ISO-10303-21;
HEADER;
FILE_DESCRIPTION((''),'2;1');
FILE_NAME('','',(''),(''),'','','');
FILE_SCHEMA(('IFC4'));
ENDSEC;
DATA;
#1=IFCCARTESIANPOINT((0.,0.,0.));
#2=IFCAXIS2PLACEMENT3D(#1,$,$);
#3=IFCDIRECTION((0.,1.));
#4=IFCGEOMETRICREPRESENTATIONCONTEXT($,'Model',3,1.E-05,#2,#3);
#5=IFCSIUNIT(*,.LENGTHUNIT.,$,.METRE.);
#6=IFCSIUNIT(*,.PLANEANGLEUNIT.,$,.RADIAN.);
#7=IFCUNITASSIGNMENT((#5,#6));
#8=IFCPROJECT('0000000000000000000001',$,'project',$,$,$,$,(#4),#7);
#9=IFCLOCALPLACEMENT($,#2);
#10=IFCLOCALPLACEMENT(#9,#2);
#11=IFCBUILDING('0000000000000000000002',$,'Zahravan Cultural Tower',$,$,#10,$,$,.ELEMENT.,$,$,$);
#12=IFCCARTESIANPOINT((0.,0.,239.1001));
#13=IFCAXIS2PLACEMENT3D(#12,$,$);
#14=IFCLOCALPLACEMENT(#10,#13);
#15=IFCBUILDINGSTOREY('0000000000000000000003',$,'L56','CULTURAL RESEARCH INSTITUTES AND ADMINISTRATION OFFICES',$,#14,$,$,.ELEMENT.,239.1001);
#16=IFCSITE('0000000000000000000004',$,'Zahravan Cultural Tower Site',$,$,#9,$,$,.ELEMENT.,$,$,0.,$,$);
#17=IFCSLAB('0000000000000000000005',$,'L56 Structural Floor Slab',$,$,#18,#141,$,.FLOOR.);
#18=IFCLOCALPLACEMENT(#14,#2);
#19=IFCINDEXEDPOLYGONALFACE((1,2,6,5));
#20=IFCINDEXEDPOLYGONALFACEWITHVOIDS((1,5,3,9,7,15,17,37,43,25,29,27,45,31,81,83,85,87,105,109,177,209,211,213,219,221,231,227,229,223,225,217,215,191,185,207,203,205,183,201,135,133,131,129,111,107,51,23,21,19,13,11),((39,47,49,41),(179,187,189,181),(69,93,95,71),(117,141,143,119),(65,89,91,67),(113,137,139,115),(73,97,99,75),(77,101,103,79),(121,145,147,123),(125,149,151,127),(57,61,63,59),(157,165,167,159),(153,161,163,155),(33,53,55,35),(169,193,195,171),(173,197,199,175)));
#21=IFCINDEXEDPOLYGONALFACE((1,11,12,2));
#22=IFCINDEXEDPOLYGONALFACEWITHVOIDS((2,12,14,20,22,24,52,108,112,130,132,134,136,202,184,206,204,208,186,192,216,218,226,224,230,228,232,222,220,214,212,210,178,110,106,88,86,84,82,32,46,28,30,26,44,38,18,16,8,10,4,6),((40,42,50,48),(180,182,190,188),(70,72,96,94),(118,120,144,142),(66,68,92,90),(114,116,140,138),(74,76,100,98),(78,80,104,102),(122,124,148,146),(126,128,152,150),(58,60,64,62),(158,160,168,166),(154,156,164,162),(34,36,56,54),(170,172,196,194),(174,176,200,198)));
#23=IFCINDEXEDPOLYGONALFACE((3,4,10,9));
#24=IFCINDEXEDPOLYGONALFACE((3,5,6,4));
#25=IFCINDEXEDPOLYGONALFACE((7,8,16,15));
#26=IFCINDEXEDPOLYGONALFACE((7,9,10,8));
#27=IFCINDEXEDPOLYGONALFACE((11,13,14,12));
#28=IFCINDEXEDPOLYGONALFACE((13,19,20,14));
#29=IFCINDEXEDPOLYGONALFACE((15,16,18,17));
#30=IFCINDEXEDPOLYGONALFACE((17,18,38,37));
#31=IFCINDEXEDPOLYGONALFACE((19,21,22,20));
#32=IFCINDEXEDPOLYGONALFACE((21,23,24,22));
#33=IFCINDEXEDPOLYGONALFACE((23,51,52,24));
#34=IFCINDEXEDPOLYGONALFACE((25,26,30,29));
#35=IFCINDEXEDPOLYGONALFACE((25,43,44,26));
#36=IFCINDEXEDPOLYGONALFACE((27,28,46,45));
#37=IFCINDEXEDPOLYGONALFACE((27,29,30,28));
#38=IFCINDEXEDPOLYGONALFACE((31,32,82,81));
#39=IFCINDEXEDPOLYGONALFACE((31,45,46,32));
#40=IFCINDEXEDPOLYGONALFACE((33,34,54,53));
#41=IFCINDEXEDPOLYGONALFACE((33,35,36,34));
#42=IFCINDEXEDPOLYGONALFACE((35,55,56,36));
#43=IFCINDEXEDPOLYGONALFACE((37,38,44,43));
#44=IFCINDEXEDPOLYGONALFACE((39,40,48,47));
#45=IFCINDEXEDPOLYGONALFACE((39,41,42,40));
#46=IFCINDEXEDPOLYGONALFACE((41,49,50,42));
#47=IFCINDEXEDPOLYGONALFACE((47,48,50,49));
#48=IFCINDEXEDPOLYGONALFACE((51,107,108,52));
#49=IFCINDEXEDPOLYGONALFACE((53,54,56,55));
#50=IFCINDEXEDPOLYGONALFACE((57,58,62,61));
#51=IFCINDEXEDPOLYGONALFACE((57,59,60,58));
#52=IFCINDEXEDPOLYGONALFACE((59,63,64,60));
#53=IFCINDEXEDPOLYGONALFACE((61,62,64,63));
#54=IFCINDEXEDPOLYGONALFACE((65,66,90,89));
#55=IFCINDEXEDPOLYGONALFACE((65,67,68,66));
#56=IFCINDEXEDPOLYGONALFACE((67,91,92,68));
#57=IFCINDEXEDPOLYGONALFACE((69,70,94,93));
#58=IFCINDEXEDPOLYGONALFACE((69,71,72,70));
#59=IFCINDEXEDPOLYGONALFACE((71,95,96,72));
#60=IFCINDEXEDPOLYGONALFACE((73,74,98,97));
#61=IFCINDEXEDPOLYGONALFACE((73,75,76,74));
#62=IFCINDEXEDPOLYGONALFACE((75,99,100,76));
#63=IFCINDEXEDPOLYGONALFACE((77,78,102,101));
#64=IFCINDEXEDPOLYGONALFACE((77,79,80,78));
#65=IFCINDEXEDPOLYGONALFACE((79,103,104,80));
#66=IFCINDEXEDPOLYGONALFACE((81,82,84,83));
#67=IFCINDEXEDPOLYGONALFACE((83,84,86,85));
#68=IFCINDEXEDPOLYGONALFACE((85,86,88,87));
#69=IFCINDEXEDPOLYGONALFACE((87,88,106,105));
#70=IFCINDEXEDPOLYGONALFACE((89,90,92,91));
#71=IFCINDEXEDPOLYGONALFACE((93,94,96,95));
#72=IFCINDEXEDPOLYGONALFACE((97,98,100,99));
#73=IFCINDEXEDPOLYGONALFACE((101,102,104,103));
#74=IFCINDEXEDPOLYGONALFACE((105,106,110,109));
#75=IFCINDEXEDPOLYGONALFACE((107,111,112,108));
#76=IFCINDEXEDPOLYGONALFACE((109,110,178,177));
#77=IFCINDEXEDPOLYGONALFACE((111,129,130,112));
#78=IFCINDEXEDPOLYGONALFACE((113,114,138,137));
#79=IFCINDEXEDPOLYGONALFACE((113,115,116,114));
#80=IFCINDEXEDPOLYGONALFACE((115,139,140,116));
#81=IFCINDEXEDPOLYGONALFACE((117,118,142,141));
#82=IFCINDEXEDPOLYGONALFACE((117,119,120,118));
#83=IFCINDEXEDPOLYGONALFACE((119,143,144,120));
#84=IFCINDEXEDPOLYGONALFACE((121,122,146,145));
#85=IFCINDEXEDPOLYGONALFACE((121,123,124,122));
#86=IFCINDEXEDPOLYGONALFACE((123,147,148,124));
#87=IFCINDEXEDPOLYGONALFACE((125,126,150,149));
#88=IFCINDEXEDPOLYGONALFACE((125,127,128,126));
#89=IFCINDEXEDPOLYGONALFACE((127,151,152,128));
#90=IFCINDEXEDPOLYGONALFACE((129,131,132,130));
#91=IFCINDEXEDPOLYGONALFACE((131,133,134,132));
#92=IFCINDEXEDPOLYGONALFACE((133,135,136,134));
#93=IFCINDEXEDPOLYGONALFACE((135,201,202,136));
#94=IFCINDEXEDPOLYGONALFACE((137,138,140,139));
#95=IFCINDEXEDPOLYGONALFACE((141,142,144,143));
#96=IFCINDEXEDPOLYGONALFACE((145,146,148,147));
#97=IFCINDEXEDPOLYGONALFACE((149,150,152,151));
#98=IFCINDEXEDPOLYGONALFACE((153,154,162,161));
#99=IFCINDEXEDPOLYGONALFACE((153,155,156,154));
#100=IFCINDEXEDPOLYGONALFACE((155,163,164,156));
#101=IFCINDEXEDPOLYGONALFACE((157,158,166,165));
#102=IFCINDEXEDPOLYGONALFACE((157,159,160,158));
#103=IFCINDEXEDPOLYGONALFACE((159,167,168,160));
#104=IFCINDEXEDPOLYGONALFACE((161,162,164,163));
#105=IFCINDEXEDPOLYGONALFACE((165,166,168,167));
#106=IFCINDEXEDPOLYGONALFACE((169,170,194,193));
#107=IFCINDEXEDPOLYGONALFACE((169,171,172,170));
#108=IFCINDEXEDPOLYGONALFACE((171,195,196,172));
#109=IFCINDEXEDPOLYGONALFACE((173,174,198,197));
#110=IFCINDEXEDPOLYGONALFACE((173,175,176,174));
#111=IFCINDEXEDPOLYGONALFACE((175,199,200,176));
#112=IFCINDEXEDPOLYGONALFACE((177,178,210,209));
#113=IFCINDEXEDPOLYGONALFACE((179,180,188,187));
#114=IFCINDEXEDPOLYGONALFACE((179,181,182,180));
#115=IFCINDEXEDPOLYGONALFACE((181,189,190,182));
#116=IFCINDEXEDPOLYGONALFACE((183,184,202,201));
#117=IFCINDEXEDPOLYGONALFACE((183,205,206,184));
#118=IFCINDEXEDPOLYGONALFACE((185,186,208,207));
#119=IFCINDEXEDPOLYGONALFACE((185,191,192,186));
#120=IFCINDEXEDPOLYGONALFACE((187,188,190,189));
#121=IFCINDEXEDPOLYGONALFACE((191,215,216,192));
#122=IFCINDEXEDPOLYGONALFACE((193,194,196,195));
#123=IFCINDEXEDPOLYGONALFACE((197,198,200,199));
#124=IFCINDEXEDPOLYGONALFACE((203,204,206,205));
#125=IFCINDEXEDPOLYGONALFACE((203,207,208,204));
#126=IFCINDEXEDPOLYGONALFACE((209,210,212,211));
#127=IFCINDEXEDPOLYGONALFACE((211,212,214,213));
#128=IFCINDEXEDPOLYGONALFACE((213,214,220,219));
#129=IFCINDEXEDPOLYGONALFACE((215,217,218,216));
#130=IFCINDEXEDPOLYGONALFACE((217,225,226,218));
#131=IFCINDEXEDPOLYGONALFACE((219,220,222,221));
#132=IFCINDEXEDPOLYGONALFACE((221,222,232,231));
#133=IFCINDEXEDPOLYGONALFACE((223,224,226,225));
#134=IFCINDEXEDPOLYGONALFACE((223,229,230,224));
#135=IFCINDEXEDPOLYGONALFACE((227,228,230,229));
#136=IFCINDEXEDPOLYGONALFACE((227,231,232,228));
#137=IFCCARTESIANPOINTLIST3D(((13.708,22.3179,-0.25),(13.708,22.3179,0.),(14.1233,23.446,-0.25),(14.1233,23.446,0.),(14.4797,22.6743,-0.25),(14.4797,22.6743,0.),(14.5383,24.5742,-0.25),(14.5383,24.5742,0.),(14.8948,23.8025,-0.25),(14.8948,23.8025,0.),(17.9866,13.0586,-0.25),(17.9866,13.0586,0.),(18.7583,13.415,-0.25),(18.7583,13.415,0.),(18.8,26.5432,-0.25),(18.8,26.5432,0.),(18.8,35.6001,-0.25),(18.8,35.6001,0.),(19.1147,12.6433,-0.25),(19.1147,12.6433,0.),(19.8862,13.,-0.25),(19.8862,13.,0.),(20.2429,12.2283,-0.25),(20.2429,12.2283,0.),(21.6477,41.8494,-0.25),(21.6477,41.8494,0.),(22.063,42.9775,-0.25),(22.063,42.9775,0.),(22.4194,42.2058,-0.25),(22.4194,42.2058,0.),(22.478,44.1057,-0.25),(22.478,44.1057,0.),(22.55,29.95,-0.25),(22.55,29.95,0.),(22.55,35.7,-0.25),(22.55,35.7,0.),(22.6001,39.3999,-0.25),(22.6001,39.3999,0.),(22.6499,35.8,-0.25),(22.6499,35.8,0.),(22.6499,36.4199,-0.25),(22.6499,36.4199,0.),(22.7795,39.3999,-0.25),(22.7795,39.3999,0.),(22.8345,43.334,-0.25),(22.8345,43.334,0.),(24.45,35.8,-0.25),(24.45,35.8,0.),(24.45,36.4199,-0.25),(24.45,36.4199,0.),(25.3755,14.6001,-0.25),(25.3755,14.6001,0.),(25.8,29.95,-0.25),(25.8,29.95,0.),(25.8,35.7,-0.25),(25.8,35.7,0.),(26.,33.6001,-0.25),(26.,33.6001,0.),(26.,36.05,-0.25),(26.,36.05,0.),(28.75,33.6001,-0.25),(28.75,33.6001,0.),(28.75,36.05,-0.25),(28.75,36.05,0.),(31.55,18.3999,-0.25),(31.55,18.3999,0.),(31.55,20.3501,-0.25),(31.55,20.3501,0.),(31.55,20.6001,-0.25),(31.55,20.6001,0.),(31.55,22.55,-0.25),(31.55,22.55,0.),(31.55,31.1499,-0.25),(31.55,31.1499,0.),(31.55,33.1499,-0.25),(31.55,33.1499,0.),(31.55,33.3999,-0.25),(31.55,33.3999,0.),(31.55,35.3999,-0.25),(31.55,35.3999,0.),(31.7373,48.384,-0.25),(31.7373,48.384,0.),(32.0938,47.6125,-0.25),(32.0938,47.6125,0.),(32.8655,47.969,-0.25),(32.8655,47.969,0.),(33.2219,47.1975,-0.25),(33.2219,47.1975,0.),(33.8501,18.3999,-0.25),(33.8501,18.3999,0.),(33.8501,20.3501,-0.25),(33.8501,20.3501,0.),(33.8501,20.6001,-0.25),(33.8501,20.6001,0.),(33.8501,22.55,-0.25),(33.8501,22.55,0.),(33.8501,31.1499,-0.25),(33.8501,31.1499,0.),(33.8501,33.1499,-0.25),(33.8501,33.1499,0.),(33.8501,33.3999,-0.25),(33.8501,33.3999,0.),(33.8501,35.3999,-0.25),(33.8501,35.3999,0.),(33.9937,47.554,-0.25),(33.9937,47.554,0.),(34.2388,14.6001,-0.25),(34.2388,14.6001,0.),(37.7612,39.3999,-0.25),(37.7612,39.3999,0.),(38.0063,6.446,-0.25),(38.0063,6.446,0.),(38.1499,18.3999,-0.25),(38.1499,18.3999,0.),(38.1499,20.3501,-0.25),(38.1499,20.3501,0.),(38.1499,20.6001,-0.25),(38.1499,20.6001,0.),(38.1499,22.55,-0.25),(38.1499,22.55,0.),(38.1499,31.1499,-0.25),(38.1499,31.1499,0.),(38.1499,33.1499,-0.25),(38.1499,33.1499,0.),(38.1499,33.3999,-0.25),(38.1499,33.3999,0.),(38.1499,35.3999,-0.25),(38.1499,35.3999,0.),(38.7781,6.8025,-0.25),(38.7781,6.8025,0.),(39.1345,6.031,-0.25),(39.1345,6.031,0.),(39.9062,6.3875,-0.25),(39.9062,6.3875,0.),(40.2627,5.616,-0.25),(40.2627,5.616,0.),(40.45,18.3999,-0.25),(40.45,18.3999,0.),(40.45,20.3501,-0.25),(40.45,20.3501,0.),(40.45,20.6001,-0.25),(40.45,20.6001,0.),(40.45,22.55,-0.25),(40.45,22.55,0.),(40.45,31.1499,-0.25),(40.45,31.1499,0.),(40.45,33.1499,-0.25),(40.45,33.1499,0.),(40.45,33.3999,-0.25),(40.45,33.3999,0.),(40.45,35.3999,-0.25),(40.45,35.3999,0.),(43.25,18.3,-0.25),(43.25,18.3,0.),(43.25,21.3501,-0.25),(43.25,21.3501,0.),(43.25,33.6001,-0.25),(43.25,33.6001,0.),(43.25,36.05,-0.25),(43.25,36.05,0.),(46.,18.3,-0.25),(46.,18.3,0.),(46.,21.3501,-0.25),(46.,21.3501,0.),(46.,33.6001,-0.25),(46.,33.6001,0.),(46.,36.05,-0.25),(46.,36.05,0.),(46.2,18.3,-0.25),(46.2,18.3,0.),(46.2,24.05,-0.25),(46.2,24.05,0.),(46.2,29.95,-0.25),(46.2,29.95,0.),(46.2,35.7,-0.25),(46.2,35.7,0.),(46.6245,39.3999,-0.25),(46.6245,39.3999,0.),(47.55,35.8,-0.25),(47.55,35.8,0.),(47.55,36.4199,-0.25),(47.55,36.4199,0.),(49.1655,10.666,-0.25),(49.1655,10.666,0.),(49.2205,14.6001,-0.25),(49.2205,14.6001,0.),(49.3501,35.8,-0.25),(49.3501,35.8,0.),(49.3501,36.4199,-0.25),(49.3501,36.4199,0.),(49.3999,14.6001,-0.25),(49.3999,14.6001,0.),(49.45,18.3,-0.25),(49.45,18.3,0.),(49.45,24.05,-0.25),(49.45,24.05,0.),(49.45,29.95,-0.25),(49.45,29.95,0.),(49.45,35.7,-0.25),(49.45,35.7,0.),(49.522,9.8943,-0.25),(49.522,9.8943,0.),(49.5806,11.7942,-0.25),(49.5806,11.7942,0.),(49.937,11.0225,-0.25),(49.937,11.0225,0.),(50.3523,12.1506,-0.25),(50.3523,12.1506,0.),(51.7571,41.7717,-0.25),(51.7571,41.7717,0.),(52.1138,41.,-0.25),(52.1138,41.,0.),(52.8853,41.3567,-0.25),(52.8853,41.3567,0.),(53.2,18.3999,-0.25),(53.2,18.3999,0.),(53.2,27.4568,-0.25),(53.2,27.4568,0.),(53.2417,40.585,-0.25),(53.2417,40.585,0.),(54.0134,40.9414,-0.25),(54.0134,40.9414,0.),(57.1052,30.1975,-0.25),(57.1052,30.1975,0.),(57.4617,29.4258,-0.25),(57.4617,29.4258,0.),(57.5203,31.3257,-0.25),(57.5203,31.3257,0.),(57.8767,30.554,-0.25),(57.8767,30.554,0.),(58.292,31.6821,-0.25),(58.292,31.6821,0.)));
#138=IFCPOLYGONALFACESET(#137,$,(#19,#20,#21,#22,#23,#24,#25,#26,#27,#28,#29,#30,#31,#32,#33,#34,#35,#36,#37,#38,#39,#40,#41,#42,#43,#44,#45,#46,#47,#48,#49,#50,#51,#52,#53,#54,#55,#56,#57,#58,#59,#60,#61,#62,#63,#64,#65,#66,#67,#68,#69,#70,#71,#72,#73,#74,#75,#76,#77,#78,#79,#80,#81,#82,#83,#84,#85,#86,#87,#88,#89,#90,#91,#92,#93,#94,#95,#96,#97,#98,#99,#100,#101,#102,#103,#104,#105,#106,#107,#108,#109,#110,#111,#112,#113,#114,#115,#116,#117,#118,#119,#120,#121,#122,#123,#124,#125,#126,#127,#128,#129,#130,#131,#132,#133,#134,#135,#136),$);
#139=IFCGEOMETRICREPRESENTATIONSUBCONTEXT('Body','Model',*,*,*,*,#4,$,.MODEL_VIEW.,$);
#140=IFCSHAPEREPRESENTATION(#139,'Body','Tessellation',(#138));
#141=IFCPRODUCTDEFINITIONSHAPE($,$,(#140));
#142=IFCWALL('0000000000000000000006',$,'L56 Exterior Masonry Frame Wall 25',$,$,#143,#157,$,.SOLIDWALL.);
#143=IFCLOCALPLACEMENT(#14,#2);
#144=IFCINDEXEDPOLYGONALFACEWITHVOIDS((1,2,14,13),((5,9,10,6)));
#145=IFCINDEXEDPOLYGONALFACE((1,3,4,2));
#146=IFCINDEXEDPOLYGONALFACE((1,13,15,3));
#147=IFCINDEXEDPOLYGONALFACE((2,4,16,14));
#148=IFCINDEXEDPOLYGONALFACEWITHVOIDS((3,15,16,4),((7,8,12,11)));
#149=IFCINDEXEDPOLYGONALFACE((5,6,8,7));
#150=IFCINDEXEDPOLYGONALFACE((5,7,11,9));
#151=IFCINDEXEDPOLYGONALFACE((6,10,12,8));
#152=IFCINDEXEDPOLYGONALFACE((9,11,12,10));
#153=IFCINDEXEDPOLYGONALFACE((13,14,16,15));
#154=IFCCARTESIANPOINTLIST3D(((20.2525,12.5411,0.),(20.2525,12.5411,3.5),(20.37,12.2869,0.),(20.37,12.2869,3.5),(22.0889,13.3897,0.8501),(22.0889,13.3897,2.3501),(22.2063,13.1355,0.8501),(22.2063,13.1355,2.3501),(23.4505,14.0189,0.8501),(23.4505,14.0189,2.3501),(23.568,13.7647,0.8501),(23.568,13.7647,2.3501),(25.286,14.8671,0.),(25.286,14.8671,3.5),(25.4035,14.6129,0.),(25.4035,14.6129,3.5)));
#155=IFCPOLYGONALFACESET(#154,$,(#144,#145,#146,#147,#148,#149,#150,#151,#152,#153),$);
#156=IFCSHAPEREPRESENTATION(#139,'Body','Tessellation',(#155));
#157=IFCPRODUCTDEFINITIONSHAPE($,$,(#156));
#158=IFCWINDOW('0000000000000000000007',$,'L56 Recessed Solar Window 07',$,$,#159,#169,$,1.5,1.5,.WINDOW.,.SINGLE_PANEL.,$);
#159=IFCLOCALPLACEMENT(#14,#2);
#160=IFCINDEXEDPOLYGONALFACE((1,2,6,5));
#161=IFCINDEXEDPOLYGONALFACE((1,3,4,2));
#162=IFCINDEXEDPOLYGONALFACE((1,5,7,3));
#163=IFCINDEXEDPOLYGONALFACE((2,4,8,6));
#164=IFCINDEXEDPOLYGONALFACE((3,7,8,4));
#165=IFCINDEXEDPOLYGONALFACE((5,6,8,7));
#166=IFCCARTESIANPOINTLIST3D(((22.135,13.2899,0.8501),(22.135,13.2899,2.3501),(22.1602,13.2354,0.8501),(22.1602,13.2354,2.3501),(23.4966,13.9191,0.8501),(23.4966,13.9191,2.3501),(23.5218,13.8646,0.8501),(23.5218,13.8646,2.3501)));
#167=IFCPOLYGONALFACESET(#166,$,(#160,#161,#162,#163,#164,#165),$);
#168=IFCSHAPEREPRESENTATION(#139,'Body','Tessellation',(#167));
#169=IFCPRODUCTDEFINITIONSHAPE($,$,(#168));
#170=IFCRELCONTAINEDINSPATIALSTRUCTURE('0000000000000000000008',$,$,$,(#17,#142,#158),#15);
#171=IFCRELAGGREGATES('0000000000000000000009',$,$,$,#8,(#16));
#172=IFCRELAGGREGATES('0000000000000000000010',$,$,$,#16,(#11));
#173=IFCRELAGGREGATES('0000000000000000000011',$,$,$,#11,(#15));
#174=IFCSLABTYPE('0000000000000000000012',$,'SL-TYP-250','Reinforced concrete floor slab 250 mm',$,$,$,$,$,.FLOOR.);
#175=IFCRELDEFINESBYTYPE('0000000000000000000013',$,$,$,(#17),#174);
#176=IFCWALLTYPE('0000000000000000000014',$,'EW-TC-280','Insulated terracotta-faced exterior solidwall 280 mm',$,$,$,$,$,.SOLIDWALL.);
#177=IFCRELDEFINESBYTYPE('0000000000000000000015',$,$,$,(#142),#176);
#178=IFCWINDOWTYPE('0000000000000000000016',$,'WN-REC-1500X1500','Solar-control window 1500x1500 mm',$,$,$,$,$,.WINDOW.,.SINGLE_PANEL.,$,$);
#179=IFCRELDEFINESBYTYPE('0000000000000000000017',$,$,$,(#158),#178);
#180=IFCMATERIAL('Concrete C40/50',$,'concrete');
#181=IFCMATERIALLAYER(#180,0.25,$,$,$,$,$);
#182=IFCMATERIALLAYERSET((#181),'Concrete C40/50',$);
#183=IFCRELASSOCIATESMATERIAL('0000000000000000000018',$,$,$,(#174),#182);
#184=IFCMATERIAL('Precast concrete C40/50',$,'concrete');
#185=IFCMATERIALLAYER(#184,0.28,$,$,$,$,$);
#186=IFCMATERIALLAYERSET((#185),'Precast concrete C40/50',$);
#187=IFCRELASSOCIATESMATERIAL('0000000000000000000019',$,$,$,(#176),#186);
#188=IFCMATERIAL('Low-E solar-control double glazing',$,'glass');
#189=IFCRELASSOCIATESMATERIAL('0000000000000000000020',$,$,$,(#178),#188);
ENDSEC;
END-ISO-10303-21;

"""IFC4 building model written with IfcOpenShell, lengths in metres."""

from ifc_helpers import new_model, si_unit, direction, frame, frame_2d, origin, place, context, subcontext, project, spatial, polyline, rectangle, outline, extrude, source, transform, mapped, material, layer, layer_set, type_object, element, fill, save


model = new_model("IFC4")

# Units and contexts
model_context = context("Model", 3, precision=1e-05, world=origin(), true_north=direction((0.0, 1.0)))
body_context = subcontext(model_context, "Body", "Model", "MODEL_VIEW")
ifc_project = project(units=[si_unit("LENGTHUNIT", "METRE"), si_unit("PLANEANGLEUNIT", "RADIAN")], contexts=[model_context])

# Site, building, storey
site_placement = place(None, origin())
site = spatial("IfcSite", under=ifc_project, at=site_placement, Name="Zahravan Cultural Tower Site", CompositionType="ELEMENT", RefElevation=0.0)
building_placement = place(site_placement, origin())
building = spatial("IfcBuilding", under=site, at=building_placement, Name="Zahravan Cultural Tower", CompositionType="ELEMENT")
storey_placement = place(building_placement, frame((0.0, 0.0, 239.1001)))
storey = spatial("IfcBuildingStorey", under=building, at=storey_placement, Name="L56", Description="CULTURAL RESEARCH INSTITUTES AND ADMINISTRATION OFFICES", CompositionType="ELEMENT", Elevation=239.1001)

# Slab
ifc_material_1 = material(Name="Concrete C40/50", Category="concrete")
ifc_layer_1 = layer(ifc_material_1, 0.25)
ifc_layer_set_1 = layer_set([ifc_layer_1], Name="Concrete C40/50")
slab_type_1 = type_object("IfcSlabType", Name="SL-TYP-250", Description="Reinforced concrete floor slab 250 mm", PredefinedType="FLOOR", material=ifc_layer_set_1)
slab_1_placement = place(storey_placement, frame((0.0, 0.0, -0.25)))
element("IfcSlab", 1, at=slab_1_placement, inside=storey, type_object=slab_type_1, Name="L56 Structural Floor Slab", PredefinedType="FLOOR", context=body_context, shape_type="SweptSolid", body=[
    extrude(outline(polyline([(46.6245, 39.3999), (37.7612, 39.3999), (33.9937, 47.554), (33.2219, 47.1975), (32.8655, 47.969), (32.0938, 47.6125), (31.7373, 48.384), (22.478, 44.1057), (22.8345, 43.334), (22.063, 42.9775), (22.4194, 42.2058), (21.6477, 41.8494), (22.7795, 39.3999), (22.6001, 39.3999), (18.8, 35.6001), (18.8, 26.5432), (14.5383, 24.5742), (14.8948, 23.8025), (14.1233, 23.446), (14.4797, 22.6743), (13.708, 22.3179), (17.9866, 13.0586), (18.7583, 13.415), (19.1147, 12.6433), (19.8862, 13.0), (20.2429, 12.2283), (25.3755, 14.6001), (34.2388, 14.6001), (38.0063, 6.446), (38.7781, 6.8025), (39.1345, 6.031), (39.9062, 6.3875), (40.2627, 5.616), (49.522, 9.8943), (49.1655, 10.666), (49.937, 11.0225), (49.5806, 11.7942), (50.3523, 12.1506), (49.2205, 14.6001), (49.3999, 14.6001), (53.2, 18.3999), (53.2, 27.4568), (57.4617, 29.4258), (57.1052, 30.1975), (57.8767, 30.554), (57.5203, 31.3257), (58.292, 31.6821), (54.0134, 40.9414), (53.2417, 40.585), (52.8853, 41.3567), (52.1138, 41.0), (51.7571, 41.7717), (46.6245, 39.3999)]), holes=[polyline([(22.55, 29.95), (22.55, 35.7), (25.8, 35.7), (25.8, 29.95), (22.55, 29.95)]), polyline([(46.2, 29.95), (46.2, 35.7), (49.45, 35.7), (49.45, 29.95), (46.2, 29.95)]), polyline([(46.2, 18.3), (46.2, 24.05), (49.45, 24.05), (49.45, 18.3), (46.2, 18.3)]), polyline([(26.0, 33.6001), (26.0, 36.05), (28.75, 36.05), (28.75, 33.6001), (26.0, 33.6001)]), polyline([(43.25, 33.6001), (43.25, 36.05), (46.0, 36.05), (46.0, 33.6001), (43.25, 33.6001)]), polyline([(43.25, 18.3), (43.25, 21.3501), (46.0, 21.3501), (46.0, 18.3), (43.25, 18.3)]), polyline([(31.55, 33.3999), (31.55, 35.3999), (33.8501, 35.3999), (33.8501, 33.3999), (31.55, 33.3999)]), polyline([(31.55, 31.1499), (31.55, 33.1499), (33.8501, 33.1499), (33.8501, 31.1499), (31.55, 31.1499)]), polyline([(38.1499, 33.3999), (38.1499, 35.3999), (40.45, 35.3999), (40.45, 33.3999), (38.1499, 33.3999)]), polyline([(38.1499, 31.1499), (38.1499, 33.1499), (40.45, 33.1499), (40.45, 31.1499), (38.1499, 31.1499)]), polyline([(31.55, 20.6001), (31.55, 22.55), (33.8501, 22.55), (33.8501, 20.6001), (31.55, 20.6001)]), polyline([(31.55, 18.3999), (31.55, 20.3501), (33.8501, 20.3501), (33.8501, 18.3999), (31.55, 18.3999)]), polyline([(38.1499, 20.6001), (38.1499, 22.55), (40.45, 22.55), (40.45, 20.6001), (38.1499, 20.6001)]), polyline([(38.1499, 18.3999), (38.1499, 20.3501), (40.45, 20.3501), (40.45, 18.3999), (38.1499, 18.3999)]), polyline([(22.6499, 35.8), (22.6499, 36.4199), (24.45, 36.4199), (24.45, 35.8), (22.6499, 35.8)]), polyline([(47.55, 35.8), (47.55, 36.4199), (49.3501, 36.4199), (49.3501, 35.8), (47.55, 35.8)])]), origin(), (0.0, 0.0, 1.0), 0.25),
])

# Wall, opening, window
ifc_material_2 = material(Name="Precast concrete C40/50", Category="concrete")
ifc_layer_2 = layer(ifc_material_2, 0.28)
ifc_layer_set_2 = layer_set([ifc_layer_2], Name="Precast concrete C40/50")
wall_type_1 = type_object("IfcWallType", Name="EW-TC-280", Description="Insulated terracotta-faced exterior solidwall 280 mm", PredefinedType="SOLIDWALL", material=ifc_layer_set_2)
wall_1_placement = place(storey_placement, frame((25.3447, 14.74, 0.0), z_axis=(0.0, 0.0, 1.0), x_axis=(-0.907767, -0.419474, 0.0)))
wall_1 = element("IfcWall", 2, at=wall_1_placement, inside=storey, type_object=wall_type_1, Name="L56 Exterior Masonry Frame Wall 25", PredefinedType="SOLIDWALL", context=body_context, shape_type="SweptSolid", body=[
    extrude(rectangle(XDim=5.5449, YDim=0.28, at=frame_2d((2.7725, 0.0))), origin(), (0.0, 0.0, 1.0), 3.5),
])
opening_placement = place(wall_1_placement, frame((2.022, 0.0, 0.8501)))
opening = element("IfcOpeningElement", 3, at=opening_placement, cuts=wall_1, PredefinedType="OPENING", context=body_context, shape_type="SweptSolid", body=[
    extrude(rectangle(XDim=1.5, YDim=1.5, at=frame_2d((0.75, 0.75))), frame((0.0, 0.1499, 0.0), z_axis=(0.0, -1.0, 0.0), x_axis=(1.0, 0.0, 0.0)), (0.0, 0.0, 1.0), 0.3),
])
ifc_material_3 = material(Name="Low-E solar-control double glazing", Category="glass")
window_type = type_object("IfcWindowType", Name="WN-REC-1500X1500", Description="Solar-control window 1500x1500 mm", PartitioningType="SINGLE_PANEL", PredefinedType="WINDOW", material=ifc_material_3)
shared_shape_1 = source(origin(), body_context, "Body", "SweptSolid", [
    extrude(rectangle(XDim=1.5, YDim=1.5, at=frame_2d((0.75, 0.75))), frame((0.0, 0.03, 0.0), z_axis=(0.0, -1.0, 0.0), x_axis=(1.0, 0.0, 0.0)), (0.0, 0.0, 1.0), 0.0601),
])
window_placement = place(opening_placement, origin())
window = element("IfcWindow", 4, at=window_placement, inside=storey, type_object=window_type, Name="L56 Recessed Solar Window 07", OverallHeight=1.5, OverallWidth=1.5, PartitioningType="SINGLE_PANEL", PredefinedType="WINDOW", context=body_context, shape_type="MappedRepresentation", body=[
    mapped(shared_shape_1, transform((0.0, 0.0, 0.0), x_axis=(1.0, 0.0, 0.0), y_axis=(0.0, 1.0, 0.0), z_axis=(0.0, 0.0, 1.0), scale=1.0)),
])
fill(opening, window)

save(model, "model.ifc")
